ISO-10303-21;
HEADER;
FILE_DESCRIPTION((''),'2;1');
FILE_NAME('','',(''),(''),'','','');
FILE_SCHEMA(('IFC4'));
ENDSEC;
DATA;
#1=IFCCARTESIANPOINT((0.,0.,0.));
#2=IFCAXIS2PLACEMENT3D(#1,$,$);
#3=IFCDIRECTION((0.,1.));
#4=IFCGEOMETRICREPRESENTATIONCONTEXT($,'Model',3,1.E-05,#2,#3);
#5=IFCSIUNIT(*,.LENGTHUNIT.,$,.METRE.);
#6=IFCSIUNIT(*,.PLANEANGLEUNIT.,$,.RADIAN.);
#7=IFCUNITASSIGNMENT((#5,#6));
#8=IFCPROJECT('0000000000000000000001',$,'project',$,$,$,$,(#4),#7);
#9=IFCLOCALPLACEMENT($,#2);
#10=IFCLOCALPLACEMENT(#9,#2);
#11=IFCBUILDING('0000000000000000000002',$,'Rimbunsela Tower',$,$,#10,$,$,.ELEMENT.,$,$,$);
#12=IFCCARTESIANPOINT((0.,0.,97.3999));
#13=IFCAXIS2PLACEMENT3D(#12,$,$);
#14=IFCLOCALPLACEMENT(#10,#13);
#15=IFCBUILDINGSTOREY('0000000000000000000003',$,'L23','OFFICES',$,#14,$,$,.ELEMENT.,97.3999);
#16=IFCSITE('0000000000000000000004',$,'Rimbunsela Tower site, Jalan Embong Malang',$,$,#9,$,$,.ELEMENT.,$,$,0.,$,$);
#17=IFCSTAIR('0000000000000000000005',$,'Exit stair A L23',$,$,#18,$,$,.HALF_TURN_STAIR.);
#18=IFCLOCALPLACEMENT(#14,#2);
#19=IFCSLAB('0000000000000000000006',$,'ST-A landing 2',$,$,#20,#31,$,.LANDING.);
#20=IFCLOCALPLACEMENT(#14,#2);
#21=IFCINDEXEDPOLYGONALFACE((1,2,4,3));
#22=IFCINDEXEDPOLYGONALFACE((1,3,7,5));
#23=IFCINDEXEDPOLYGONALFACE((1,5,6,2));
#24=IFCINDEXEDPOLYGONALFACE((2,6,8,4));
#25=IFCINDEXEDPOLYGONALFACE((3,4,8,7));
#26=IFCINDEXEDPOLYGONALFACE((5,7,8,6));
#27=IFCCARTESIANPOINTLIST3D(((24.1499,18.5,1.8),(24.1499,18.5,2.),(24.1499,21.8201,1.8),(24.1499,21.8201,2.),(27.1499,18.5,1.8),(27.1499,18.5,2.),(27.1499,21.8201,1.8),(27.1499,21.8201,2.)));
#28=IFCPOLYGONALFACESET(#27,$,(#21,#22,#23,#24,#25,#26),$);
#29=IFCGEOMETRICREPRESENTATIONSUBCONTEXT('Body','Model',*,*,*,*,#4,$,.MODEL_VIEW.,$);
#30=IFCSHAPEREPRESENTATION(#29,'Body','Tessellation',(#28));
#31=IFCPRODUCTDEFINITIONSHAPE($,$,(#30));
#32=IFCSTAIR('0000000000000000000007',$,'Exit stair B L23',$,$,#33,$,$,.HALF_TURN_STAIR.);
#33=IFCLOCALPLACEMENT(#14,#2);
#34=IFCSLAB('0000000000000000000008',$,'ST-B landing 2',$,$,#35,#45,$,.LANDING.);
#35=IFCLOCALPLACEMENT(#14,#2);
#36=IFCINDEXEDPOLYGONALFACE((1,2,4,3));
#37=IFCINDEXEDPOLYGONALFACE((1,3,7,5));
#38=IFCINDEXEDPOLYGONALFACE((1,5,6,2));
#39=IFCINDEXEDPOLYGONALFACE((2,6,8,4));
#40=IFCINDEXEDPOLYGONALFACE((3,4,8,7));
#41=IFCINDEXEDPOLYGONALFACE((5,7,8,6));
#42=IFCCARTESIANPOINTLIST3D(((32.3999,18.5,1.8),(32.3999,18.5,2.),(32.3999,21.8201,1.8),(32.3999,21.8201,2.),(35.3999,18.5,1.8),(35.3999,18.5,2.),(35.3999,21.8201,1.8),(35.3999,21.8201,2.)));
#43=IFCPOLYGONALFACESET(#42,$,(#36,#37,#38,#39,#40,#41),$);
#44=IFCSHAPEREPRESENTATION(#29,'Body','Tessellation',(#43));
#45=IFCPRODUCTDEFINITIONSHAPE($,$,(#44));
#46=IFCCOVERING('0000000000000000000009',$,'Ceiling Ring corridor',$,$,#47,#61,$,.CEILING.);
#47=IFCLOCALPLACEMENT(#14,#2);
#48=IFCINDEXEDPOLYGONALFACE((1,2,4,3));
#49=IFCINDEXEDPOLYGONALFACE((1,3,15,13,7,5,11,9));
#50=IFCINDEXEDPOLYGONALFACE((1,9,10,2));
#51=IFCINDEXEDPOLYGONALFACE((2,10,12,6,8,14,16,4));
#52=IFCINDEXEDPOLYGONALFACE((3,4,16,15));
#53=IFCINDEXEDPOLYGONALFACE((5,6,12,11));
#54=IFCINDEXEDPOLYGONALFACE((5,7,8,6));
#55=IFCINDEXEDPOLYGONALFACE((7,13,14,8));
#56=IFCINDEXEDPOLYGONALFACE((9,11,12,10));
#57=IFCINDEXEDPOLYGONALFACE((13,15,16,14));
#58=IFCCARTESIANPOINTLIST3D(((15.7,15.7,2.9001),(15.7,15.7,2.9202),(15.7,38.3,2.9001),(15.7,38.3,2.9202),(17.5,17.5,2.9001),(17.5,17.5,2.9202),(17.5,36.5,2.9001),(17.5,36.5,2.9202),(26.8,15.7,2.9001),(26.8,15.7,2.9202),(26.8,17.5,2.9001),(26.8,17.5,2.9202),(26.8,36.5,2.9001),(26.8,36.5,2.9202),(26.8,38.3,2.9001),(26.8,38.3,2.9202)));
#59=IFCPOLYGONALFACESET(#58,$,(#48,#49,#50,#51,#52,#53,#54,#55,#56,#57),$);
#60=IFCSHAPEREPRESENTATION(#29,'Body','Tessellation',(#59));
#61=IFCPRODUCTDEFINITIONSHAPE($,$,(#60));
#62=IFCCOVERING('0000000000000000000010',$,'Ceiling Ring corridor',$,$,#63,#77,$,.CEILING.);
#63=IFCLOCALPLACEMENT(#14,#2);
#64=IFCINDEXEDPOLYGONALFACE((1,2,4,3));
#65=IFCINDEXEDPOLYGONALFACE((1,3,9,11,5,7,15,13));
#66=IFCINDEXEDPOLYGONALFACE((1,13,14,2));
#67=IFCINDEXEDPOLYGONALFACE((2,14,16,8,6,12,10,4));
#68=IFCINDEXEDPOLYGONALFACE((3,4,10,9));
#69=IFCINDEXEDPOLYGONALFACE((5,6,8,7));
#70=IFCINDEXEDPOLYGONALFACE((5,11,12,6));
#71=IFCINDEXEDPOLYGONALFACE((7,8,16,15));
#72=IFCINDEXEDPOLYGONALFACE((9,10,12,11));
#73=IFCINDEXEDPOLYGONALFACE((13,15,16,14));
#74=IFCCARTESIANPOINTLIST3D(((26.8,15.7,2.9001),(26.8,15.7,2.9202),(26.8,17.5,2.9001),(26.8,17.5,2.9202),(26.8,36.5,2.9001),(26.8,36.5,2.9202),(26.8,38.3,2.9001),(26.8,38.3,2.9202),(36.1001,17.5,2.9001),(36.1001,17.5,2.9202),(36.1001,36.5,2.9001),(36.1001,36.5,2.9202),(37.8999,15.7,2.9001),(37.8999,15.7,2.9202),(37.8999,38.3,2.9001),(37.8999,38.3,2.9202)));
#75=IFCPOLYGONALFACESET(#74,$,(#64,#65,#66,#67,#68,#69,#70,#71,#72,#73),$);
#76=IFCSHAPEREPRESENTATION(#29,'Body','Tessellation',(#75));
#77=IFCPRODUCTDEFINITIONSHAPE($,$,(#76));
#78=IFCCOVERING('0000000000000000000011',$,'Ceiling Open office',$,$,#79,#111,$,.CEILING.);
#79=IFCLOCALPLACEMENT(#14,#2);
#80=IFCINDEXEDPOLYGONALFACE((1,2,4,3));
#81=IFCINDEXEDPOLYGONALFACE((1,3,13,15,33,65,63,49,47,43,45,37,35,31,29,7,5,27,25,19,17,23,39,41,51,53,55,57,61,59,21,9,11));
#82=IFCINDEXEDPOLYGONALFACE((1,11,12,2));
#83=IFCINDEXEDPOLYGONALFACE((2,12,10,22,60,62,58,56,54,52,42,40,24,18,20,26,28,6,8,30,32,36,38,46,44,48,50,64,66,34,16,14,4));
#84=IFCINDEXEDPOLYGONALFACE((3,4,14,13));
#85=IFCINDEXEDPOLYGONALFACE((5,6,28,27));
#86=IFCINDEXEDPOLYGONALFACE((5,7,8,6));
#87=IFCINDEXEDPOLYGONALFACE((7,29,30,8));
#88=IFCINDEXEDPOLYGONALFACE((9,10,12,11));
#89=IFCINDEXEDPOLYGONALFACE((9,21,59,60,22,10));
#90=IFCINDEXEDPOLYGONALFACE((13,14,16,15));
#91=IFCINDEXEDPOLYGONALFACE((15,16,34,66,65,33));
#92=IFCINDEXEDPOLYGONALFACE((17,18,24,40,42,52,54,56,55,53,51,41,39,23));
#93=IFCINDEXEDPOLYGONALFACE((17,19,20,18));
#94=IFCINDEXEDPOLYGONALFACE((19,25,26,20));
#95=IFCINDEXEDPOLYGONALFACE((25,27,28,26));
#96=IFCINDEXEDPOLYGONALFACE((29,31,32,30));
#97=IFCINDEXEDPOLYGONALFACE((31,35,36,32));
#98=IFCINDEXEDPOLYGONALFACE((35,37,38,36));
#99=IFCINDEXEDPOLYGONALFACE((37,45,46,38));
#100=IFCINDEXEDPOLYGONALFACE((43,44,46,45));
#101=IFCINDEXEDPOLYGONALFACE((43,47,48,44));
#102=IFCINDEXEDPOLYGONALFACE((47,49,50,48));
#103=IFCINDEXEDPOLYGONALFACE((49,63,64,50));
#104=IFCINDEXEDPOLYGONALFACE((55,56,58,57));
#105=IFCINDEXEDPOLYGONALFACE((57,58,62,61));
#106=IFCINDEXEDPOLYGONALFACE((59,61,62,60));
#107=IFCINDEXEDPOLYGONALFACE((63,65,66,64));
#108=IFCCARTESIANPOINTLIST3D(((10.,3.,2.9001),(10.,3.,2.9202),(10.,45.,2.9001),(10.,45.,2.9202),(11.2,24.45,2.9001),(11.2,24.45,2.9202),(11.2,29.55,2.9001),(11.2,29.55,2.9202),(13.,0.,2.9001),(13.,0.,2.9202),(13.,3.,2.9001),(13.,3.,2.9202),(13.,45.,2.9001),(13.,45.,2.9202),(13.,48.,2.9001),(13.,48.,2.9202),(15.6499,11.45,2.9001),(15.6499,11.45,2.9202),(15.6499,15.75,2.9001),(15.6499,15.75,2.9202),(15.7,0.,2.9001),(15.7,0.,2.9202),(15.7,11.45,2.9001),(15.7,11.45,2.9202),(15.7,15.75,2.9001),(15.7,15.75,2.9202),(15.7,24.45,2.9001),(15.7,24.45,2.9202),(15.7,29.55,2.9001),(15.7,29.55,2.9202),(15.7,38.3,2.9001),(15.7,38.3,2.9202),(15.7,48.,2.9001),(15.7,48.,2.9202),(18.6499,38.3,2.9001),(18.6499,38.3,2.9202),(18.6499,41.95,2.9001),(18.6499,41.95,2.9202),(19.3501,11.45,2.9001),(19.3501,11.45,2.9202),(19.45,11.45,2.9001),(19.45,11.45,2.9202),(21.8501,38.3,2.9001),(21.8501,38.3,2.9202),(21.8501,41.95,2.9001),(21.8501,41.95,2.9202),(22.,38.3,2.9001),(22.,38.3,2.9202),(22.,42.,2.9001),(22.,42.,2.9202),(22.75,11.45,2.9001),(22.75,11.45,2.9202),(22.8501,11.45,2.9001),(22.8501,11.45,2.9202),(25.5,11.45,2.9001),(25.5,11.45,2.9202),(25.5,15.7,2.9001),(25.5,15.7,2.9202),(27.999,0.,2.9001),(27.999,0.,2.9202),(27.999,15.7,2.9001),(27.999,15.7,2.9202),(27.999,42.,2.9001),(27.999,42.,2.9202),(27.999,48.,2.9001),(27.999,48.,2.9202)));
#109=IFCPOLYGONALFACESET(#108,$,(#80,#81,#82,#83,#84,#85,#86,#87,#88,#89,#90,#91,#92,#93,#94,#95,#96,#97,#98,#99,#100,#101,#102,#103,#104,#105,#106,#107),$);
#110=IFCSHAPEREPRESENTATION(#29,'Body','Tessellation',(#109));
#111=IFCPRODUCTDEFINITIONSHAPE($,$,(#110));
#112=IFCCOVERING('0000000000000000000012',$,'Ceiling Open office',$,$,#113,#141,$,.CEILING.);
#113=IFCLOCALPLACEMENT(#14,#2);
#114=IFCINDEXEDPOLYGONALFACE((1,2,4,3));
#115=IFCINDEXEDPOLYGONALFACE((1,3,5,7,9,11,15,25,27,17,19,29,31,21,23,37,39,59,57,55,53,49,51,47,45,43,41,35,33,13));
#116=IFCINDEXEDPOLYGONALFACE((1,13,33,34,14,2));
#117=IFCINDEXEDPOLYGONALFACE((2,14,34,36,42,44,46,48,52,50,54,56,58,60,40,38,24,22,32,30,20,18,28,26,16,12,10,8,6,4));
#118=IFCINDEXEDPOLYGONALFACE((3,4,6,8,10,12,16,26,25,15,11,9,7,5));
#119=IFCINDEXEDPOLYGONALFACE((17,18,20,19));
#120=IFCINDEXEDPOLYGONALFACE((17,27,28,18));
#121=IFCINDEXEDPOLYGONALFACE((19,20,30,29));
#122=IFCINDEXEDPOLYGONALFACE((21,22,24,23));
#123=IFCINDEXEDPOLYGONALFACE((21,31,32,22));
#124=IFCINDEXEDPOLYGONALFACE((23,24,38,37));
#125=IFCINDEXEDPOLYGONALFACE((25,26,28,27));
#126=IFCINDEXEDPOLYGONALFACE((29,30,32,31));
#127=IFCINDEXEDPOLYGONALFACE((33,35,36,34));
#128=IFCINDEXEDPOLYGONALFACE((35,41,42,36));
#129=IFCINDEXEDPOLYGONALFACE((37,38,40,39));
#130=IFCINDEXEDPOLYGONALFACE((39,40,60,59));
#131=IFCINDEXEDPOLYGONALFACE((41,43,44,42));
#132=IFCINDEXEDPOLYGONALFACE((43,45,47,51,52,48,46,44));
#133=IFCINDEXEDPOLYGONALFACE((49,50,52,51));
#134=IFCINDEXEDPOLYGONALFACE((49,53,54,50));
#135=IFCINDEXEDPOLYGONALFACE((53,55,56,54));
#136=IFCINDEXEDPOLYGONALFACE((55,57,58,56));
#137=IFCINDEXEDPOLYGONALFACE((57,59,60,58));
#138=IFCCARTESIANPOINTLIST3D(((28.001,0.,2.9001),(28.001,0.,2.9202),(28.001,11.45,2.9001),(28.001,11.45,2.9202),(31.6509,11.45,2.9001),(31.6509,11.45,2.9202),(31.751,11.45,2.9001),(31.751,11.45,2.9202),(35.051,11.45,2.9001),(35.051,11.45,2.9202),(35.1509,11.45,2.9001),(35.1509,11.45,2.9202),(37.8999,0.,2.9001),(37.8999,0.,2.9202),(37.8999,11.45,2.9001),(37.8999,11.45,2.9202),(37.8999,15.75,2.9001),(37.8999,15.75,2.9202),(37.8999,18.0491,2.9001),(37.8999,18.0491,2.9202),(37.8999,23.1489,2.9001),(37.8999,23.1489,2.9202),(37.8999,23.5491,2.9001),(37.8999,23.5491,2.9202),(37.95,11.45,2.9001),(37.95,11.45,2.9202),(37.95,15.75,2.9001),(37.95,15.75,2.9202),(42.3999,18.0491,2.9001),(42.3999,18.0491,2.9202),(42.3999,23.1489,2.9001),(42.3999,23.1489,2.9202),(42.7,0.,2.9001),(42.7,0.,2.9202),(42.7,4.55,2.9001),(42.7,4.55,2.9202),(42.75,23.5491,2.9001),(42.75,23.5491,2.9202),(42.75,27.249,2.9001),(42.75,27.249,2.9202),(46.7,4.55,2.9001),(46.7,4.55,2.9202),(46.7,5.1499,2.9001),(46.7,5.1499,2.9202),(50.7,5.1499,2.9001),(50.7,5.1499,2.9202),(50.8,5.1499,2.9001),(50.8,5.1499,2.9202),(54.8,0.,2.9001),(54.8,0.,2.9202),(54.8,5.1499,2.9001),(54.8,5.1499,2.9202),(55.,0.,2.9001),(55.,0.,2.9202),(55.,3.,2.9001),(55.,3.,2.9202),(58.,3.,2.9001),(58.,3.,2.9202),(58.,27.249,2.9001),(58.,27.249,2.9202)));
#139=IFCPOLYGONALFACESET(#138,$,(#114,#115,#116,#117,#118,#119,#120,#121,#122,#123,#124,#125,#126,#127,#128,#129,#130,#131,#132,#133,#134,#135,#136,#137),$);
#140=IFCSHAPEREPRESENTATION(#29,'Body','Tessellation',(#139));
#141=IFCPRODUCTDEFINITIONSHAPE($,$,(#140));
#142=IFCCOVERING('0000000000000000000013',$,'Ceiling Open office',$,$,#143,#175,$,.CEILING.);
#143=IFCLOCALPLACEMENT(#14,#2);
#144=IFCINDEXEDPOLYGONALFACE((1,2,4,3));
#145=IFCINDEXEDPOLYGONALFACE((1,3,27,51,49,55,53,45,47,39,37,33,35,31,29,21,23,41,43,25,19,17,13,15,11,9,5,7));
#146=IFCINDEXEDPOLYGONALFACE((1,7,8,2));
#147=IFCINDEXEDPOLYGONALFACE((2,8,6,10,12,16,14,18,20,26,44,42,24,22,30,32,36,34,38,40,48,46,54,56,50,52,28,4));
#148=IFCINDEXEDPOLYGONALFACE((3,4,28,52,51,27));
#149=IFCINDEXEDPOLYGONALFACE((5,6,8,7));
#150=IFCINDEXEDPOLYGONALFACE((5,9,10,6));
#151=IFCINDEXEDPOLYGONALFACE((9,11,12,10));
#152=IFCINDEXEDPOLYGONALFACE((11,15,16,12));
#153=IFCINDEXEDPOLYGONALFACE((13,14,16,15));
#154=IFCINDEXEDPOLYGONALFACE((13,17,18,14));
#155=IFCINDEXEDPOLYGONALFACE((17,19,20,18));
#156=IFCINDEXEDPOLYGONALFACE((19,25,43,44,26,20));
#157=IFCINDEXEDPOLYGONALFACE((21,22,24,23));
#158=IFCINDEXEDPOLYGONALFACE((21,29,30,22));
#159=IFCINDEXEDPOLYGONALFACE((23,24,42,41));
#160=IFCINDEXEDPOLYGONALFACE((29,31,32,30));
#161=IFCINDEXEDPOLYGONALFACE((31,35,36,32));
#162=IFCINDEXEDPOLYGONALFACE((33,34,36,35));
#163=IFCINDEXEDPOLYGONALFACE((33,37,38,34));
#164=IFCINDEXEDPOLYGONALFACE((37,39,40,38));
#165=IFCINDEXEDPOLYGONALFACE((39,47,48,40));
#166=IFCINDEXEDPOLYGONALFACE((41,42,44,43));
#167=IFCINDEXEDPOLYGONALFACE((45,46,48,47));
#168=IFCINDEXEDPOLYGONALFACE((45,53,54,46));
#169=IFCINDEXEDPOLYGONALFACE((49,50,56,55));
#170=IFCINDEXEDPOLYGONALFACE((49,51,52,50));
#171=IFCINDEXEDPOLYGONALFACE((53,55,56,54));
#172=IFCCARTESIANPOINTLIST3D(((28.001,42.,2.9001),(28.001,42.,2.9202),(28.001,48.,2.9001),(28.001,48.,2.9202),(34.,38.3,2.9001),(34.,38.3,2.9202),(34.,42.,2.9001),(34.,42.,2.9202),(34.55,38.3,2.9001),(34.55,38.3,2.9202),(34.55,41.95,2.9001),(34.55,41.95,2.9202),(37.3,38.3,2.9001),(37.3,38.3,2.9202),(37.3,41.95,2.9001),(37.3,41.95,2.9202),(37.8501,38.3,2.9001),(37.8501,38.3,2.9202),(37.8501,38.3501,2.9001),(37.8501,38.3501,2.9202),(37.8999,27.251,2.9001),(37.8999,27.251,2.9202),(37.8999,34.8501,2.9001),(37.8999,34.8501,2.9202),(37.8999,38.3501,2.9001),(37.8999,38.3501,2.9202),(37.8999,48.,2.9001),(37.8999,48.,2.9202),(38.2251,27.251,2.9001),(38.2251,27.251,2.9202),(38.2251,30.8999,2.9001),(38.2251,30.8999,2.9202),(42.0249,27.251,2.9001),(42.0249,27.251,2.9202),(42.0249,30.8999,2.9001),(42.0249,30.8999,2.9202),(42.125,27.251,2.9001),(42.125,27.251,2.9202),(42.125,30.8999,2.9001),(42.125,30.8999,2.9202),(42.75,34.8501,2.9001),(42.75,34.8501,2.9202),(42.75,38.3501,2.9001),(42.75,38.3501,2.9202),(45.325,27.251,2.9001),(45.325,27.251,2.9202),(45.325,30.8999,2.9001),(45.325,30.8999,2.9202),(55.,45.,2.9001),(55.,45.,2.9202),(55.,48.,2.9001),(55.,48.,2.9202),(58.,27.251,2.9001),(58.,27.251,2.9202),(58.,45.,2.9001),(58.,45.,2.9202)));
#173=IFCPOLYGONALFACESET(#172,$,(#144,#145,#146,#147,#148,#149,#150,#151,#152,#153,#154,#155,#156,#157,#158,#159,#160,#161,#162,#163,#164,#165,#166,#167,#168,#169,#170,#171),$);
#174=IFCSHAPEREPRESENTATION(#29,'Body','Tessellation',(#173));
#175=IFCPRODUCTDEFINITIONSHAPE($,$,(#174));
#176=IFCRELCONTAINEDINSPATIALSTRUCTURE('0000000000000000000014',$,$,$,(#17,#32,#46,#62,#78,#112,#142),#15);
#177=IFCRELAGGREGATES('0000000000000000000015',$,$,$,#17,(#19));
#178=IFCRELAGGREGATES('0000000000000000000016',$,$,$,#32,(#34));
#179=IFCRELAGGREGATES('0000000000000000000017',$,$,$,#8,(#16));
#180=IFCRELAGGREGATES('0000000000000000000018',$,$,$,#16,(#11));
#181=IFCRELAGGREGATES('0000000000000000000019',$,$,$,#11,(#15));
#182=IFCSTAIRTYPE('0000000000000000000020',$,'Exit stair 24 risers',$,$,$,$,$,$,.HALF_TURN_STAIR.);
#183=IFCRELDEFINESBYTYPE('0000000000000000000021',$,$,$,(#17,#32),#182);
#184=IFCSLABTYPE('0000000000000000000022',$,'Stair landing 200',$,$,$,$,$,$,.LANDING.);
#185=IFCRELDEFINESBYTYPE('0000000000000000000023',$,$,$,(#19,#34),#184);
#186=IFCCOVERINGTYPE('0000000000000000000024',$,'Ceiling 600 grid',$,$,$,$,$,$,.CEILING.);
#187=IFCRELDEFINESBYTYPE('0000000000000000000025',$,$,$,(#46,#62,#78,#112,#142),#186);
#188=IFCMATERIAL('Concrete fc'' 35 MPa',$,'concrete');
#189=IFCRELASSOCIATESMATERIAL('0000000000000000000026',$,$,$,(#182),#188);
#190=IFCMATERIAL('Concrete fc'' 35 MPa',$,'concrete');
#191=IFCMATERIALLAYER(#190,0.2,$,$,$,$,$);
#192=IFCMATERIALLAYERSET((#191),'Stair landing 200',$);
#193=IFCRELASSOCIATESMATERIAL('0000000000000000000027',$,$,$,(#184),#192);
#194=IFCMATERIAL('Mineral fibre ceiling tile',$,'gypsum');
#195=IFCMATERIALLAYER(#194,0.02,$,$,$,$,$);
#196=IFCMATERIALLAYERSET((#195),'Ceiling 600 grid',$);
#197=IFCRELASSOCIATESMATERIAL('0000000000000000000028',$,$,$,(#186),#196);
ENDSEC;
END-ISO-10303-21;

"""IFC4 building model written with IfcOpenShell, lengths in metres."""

from ifc_helpers import new_model, si_unit, direction, frame, origin, place, context, subcontext, project, spatial, polyline, outline, extrude, material, layer, layer_set, type_object, element, aggregate, save


model = new_model("IFC4")

# Units and contexts
model_context = context("Model", 3, precision=1e-05, world=origin(), true_north=direction((0.0, 1.0)))
body_context = subcontext(model_context, "Body", "Model", "MODEL_VIEW")
ifc_project = project(units=[si_unit("LENGTHUNIT", "METRE"), si_unit("PLANEANGLEUNIT", "RADIAN")], contexts=[model_context])

# Site, building, storey
site_placement = place(None, origin())
site = spatial("IfcSite", under=ifc_project, at=site_placement, Name="Rimbunsela Tower site, Jalan Embong Malang", CompositionType="ELEMENT", RefElevation=0.0)
building_placement = place(site_placement, origin())
building = spatial("IfcBuilding", under=site, at=building_placement, Name="Rimbunsela Tower", CompositionType="ELEMENT")
storey_placement = place(building_placement, frame((0.0, 0.0, 97.3999)))
storey = spatial("IfcBuildingStorey", under=building, at=storey_placement, Name="L23", Description="OFFICES", CompositionType="ELEMENT", Elevation=97.3999)

# Stairs, slabs
ifc_material_1 = material(Name="Concrete fc' 35 MPa", Category="concrete")
stair_type = type_object("IfcStairType", Name="Exit stair 24 risers", PredefinedType="HALF_TURN_STAIR", material=ifc_material_1)
stair_1_placement = place(storey_placement, origin())
stair_1 = element("IfcStair", 1, at=stair_1_placement, inside=storey, type_object=stair_type, Name="Exit stair A L23", PredefinedType="HALF_TURN_STAIR")
ifc_material_2 = material(Name="Concrete fc' 35 MPa", Category="concrete")
ifc_layer_1 = layer(ifc_material_2, 0.2)
ifc_layer_set_1 = layer_set([ifc_layer_1], Name="Stair landing 200")
slab_type = type_object("IfcSlabType", Name="Stair landing 200", PredefinedType="LANDING", material=ifc_layer_set_1)
slab_1_placement = place(storey_placement, frame((0.0, 0.0, 1.8)))
slab_1 = element("IfcSlab", 2, at=slab_1_placement, type_object=slab_type, Name="ST-A landing 2", PredefinedType="LANDING", context=body_context, shape_type="SweptSolid", body=[
    extrude(outline(polyline([(24.1499, 18.5), (27.1499, 18.5), (27.1499, 21.8201), (24.1499, 21.8201), (24.1499, 18.5)])), origin(), (0.0, 0.0, 1.0), 0.2),
])
aggregate(stair_1, [slab_1])
stair_2_placement = place(storey_placement, origin())
stair_2 = element("IfcStair", 3, at=stair_2_placement, inside=storey, type_object=stair_type, Name="Exit stair B L23", PredefinedType="HALF_TURN_STAIR")
slab_2_placement = place(storey_placement, frame((0.0, 0.0, 1.8)))
slab_2 = element("IfcSlab", 4, at=slab_2_placement, type_object=slab_type, Name="ST-B landing 2", PredefinedType="LANDING", context=body_context, shape_type="SweptSolid", body=[
    extrude(outline(polyline([(32.3999, 18.5), (35.3999, 18.5), (35.3999, 21.8201), (32.3999, 21.8201), (32.3999, 18.5)])), origin(), (0.0, 0.0, 1.0), 0.2),
])
aggregate(stair_2, [slab_2])

# Coverings
ifc_material_3 = material(Name="Mineral fibre ceiling tile", Category="gypsum")
ifc_layer_2 = layer(ifc_material_3, 0.02)
ifc_layer_set_2 = layer_set([ifc_layer_2], Name="Ceiling 600 grid")
covering_type_1 = type_object("IfcCoveringType", Name="Ceiling 600 grid", PredefinedType="CEILING", material=ifc_layer_set_2)
covering_1_placement = place(storey_placement, frame((0.0, 0.0, 2.9001)))
element("IfcCovering", 5, at=covering_1_placement, inside=storey, type_object=covering_type_1, Name="Ceiling Ring corridor", PredefinedType="CEILING", context=body_context, shape_type="SweptSolid", body=[
    extrude(outline(polyline([(15.7, 38.3), (26.8, 38.3), (26.8, 36.5), (17.5, 36.5), (17.5, 17.5), (26.8, 17.5), (26.8, 15.7), (15.7, 15.7), (15.7, 38.3)])), origin(), (0.0, 0.0, 1.0), 0.02),
])
covering_2_placement = place(storey_placement, frame((0.0, 0.0, 2.9001)))
element("IfcCovering", 6, at=covering_2_placement, inside=storey, type_object=covering_type_1, Name="Ceiling Ring corridor", PredefinedType="CEILING", context=body_context, shape_type="SweptSolid", body=[
    extrude(outline(polyline([(37.8999, 38.3), (37.8999, 15.7), (26.8, 15.7), (26.8, 17.5), (36.1001, 17.5), (36.1001, 36.5), (26.8, 36.5), (26.8, 38.3), (37.8999, 38.3)])), origin(), (0.0, 0.0, 1.0), 0.02),
])
covering_3_placement = place(storey_placement, frame((0.0, 0.0, 2.9001)))
element("IfcCovering", 7, at=covering_3_placement, inside=storey, type_object=covering_type_1, Name="Ceiling Open office", PredefinedType="CEILING", context=body_context, shape_type="SweptSolid", body=[
    extrude(outline(polyline([(19.45, 11.45), (22.75, 11.45), (22.8501, 11.45), (25.5, 11.45), (25.5, 15.7), (27.999, 15.7), (27.999, 0.0), (15.7, 0.0), (13.0, 0.0), (13.0, 3.0), (10.0, 3.0), (10.0, 45.0), (13.0, 45.0), (13.0, 48.0), (15.7, 48.0), (27.999, 48.0), (27.999, 42.0), (22.0, 42.0), (22.0, 38.3), (21.8501, 38.3), (21.8501, 41.95), (18.6499, 41.95), (18.6499, 38.3), (15.7, 38.3), (15.7, 29.55), (11.2, 29.55), (11.2, 24.45), (15.7, 24.45), (15.7, 15.75), (15.6499, 15.75), (15.6499, 11.45), (15.7, 11.45), (19.3501, 11.45), (19.45, 11.45)])), origin(), (0.0, 0.0, 1.0), 0.02),
])
covering_4_placement = place(storey_placement, frame((0.0, 0.0, 2.9001)))
element("IfcCovering", 8, at=covering_4_placement, inside=storey, type_object=covering_type_1, Name="Ceiling Open office", PredefinedType="CEILING", context=body_context, shape_type="SweptSolid", body=[
    extrude(outline(polyline([(28.001, 11.45), (31.6509, 11.45), (31.751, 11.45), (35.051, 11.45), (35.1509, 11.45), (37.8999, 11.45), (37.95, 11.45), (37.95, 15.75), (37.8999, 15.75), (37.8999, 18.0491), (42.3999, 18.0491), (42.3999, 23.1489), (37.8999, 23.1489), (37.8999, 23.5491), (42.75, 23.5491), (42.75, 27.249), (58.0, 27.249), (58.0, 3.0), (55.0, 3.0), (55.0, 0.0), (54.8, 0.0), (54.8, 5.1499), (50.8, 5.1499), (50.7, 5.1499), (46.7, 5.1499), (46.7, 4.55), (42.7, 4.55), (42.7, 0.0), (37.8999, 0.0), (28.001, 0.0), (28.001, 11.45)])), origin(), (0.0, 0.0, 1.0), 0.02),
])
covering_5_placement = place(storey_placement, frame((0.0, 0.0, 2.9001)))
element("IfcCovering", 9, at=covering_5_placement, inside=storey, type_object=covering_type_1, Name="Ceiling Open office", PredefinedType="CEILING", context=body_context, shape_type="SweptSolid", body=[
    extrude(outline(polyline([(58.0, 27.251), (45.325, 27.251), (45.325, 30.8999), (42.125, 30.8999), (42.125, 27.251), (42.0249, 27.251), (42.0249, 30.8999), (38.2251, 30.8999), (38.2251, 27.251), (37.8999, 27.251), (37.8999, 34.8501), (42.75, 34.8501), (42.75, 38.3501), (37.8999, 38.3501), (37.8501, 38.3501), (37.8501, 38.3), (37.3, 38.3), (37.3, 41.95), (34.55, 41.95), (34.55, 38.3), (34.0, 38.3), (34.0, 42.0), (28.001, 42.0), (28.001, 48.0), (37.8999, 48.0), (55.0, 48.0), (55.0, 45.0), (58.0, 45.0), (58.0, 27.251)])), origin(), (0.0, 0.0, 1.0), 0.02),
])

save(model, "model.ifc")
